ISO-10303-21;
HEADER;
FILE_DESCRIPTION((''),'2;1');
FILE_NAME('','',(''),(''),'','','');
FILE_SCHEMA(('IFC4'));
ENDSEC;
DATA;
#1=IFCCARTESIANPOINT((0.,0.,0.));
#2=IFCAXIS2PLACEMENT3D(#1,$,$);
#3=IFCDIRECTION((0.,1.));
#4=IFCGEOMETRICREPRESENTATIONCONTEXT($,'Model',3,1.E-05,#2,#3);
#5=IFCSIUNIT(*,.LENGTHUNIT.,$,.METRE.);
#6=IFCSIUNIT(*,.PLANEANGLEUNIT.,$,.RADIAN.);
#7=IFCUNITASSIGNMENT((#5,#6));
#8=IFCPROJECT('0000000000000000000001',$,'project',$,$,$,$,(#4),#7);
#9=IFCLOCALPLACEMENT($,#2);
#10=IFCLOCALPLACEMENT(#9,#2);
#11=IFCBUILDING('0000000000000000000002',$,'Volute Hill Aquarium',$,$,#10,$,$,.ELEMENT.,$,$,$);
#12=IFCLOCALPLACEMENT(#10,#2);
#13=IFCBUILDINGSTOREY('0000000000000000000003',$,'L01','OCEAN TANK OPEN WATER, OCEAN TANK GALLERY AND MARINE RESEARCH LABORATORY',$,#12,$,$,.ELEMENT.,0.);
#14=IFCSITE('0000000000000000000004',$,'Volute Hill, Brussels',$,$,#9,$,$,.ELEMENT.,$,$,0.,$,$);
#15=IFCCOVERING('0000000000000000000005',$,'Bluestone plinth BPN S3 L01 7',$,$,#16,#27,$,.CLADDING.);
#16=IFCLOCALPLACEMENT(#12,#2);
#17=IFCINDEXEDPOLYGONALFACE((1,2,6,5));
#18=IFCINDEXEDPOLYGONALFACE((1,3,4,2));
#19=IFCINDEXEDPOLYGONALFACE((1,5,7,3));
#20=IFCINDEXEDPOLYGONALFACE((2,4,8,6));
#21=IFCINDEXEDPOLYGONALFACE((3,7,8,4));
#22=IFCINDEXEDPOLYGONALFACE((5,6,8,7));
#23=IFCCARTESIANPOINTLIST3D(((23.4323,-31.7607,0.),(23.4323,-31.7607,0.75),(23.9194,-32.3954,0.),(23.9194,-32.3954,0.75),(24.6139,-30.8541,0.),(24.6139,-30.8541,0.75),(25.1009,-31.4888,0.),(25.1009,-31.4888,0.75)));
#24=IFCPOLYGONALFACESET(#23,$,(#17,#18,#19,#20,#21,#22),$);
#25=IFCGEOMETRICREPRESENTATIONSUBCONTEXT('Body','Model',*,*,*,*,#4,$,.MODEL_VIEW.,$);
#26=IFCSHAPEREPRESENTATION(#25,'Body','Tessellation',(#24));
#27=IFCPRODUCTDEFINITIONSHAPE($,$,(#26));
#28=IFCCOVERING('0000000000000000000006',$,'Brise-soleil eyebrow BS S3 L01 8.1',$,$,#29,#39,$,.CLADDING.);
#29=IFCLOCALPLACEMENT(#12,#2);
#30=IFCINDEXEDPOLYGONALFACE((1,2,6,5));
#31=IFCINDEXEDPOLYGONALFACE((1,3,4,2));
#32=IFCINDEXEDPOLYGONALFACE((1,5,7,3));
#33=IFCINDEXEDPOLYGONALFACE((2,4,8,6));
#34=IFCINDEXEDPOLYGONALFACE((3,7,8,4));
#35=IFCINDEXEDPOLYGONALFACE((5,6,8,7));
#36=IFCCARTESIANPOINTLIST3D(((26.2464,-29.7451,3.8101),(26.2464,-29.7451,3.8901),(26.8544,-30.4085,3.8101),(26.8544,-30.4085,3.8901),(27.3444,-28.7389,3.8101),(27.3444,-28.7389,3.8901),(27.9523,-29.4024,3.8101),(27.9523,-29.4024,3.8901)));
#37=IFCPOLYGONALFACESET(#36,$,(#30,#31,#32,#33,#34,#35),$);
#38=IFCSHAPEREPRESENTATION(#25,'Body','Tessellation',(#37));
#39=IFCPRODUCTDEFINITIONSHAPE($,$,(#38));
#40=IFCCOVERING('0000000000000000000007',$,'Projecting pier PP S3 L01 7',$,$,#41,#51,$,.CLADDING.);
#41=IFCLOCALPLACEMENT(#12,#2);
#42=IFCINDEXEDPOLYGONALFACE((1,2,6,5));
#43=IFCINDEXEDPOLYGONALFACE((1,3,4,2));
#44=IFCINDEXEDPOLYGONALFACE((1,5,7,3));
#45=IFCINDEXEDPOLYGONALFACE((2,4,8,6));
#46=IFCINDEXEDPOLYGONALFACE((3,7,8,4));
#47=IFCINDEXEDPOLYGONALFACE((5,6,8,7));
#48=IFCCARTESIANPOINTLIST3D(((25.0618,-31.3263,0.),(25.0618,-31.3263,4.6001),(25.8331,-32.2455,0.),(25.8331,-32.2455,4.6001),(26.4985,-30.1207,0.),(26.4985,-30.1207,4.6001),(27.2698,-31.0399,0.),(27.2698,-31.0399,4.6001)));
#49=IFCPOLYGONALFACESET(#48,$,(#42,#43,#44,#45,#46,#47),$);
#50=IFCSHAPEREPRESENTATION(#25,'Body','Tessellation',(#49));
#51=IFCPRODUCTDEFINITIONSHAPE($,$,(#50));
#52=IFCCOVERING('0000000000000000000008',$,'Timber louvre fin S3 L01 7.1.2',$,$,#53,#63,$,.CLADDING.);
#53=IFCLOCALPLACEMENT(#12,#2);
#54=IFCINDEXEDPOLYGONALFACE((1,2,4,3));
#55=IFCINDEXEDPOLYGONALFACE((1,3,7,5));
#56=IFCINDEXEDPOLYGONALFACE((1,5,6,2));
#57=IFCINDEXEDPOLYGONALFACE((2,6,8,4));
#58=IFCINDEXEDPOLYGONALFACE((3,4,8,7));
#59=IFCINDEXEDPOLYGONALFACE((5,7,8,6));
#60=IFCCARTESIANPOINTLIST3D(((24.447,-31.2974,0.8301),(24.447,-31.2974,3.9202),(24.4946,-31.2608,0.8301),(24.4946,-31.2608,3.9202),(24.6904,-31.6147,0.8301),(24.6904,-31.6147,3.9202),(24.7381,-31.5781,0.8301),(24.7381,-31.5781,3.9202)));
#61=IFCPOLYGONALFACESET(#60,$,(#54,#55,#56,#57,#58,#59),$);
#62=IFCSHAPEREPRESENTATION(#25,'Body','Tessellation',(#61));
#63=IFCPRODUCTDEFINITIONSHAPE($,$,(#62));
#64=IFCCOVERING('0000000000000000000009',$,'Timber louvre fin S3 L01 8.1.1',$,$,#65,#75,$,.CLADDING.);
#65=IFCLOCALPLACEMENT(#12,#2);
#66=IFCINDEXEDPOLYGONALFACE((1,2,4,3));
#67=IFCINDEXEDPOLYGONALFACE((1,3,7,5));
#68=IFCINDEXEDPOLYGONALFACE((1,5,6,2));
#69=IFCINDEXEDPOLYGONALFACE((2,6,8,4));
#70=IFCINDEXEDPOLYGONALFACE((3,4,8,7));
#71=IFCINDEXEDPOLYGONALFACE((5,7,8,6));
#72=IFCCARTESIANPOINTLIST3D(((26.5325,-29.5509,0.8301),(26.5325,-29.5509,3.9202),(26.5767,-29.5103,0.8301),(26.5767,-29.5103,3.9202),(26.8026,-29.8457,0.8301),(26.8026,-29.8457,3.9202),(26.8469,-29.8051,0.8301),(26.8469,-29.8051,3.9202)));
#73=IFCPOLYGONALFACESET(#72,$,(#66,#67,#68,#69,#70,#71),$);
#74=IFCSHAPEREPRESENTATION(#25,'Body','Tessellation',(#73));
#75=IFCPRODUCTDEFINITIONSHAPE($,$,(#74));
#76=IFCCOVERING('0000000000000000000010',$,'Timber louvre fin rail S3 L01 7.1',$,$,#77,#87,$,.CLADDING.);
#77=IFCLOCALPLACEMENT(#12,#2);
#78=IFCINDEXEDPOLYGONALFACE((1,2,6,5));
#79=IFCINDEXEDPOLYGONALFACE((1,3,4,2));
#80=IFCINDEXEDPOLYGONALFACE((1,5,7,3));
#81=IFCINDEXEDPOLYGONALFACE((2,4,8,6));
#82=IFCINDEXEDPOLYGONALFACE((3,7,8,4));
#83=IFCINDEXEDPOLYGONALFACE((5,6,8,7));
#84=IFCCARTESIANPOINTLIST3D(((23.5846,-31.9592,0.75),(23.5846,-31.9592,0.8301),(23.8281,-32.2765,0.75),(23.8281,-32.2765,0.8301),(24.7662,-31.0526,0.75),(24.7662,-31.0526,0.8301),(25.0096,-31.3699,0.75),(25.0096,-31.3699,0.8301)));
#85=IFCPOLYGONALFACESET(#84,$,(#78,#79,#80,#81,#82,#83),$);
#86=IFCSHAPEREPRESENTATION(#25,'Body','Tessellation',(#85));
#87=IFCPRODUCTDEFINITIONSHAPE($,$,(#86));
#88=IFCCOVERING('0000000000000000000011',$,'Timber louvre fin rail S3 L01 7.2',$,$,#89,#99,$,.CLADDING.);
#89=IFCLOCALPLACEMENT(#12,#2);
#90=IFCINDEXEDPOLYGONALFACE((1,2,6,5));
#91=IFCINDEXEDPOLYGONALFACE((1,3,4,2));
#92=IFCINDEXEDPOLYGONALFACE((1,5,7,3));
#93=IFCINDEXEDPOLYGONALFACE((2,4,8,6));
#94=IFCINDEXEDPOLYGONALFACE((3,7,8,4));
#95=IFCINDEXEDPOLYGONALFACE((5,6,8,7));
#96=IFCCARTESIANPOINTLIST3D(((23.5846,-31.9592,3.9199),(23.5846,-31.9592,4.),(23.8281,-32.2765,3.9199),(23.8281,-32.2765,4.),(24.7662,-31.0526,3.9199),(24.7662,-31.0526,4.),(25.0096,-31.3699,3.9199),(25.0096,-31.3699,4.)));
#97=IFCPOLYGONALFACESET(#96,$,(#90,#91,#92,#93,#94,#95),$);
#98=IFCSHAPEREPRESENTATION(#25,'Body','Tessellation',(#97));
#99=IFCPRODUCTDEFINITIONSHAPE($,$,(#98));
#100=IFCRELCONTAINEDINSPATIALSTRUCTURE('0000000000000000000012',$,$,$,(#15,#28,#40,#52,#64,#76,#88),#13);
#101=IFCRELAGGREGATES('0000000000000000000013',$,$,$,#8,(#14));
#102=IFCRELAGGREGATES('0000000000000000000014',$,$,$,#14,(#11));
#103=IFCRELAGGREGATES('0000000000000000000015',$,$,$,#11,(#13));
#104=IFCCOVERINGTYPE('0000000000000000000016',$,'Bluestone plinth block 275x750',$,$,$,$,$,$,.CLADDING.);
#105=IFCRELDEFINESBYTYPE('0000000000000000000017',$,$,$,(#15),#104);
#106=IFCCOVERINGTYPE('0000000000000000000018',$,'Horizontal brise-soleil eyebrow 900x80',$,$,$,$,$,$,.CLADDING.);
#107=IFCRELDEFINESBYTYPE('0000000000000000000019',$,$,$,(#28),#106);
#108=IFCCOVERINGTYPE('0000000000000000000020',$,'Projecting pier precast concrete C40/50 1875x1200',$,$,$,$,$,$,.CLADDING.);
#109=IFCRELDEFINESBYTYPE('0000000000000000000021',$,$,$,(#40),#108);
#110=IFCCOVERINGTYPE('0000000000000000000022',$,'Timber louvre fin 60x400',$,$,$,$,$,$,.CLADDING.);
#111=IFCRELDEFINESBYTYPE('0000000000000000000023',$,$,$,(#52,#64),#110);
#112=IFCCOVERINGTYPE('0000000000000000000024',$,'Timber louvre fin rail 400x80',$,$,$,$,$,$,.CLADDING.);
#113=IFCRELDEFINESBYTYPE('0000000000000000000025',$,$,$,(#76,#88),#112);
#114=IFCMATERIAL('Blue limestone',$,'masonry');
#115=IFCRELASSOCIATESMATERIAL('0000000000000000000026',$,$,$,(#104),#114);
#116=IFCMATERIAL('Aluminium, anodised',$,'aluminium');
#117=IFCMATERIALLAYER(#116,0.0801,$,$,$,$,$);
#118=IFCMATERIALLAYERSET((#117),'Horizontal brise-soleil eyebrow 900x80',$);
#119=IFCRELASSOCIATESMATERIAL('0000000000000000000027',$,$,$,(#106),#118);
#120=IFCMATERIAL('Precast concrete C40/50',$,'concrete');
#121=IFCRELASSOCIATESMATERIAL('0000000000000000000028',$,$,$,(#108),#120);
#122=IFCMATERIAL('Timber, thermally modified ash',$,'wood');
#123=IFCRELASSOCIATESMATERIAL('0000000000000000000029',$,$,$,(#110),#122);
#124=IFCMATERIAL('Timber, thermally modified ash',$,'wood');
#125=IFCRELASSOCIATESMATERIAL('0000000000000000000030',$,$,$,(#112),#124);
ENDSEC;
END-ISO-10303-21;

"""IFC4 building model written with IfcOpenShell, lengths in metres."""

from ifc_helpers import new_model, si_unit, direction, frame, origin, origin_2d, place, context, subcontext, project, spatial, rectangle, extrude, material, layer, layer_set, type_object, element, save


model = new_model("IFC4")

# Units and contexts
model_context = context("Model", 3, precision=1e-05, world=origin(), true_north=direction((0.0, 1.0)))
body_context = subcontext(model_context, "Body", "Model", "MODEL_VIEW")
ifc_project = project(units=[si_unit("LENGTHUNIT", "METRE"), si_unit("PLANEANGLEUNIT", "RADIAN")], contexts=[model_context])

# Site, building, storey
site_placement = place(None, origin())
site = spatial("IfcSite", under=ifc_project, at=site_placement, Name="Volute Hill, Brussels", CompositionType="ELEMENT", RefElevation=0.0)
building_placement = place(site_placement, origin())
building = spatial("IfcBuilding", under=site, at=building_placement, Name="Volute Hill Aquarium", CompositionType="ELEMENT")
storey_placement = place(building_placement, origin())
storey = spatial("IfcBuildingStorey", under=building, at=storey_placement, Name="L01", Description="OCEAN TANK OPEN WATER, OCEAN TANK GALLERY AND MARINE RESEARCH LABORATORY", CompositionType="ELEMENT", Elevation=0.0)

# Coverings
ifc_material_1 = material(Name="Blue limestone", Category="masonry")
covering_type_1 = type_object("IfcCoveringType", Name="Bluestone plinth block 275x750", PredefinedType="CLADDING", material=ifc_material_1)
covering_1_placement = place(storey_placement, frame((24.2666, -31.6248, 0.0), z_axis=(0.0, 0.0, 1.0), x_axis=(0.793365, 0.608746, 0.0)))
element("IfcCovering", 1, at=covering_1_placement, inside=storey, type_object=covering_type_1, Name="Bluestone plinth BPN S3 L01 7", PredefinedType="CLADDING", context=body_context, shape_type="SweptSolid", body=[
    extrude(rectangle(XDim=1.4893, YDim=0.8, at=origin_2d()), origin(), (0.0, 0.0, 1.0), 0.75),
])
ifc_material_2 = material(Name="Aluminium, anodised", Category="aluminium")
ifc_layer_1 = layer(ifc_material_2, 0.0801)
ifc_layer_set_1 = layer_set([ifc_layer_1], Name="Horizontal brise-soleil eyebrow 900x80")
covering_type_2 = type_object("IfcCoveringType", Name="Horizontal brise-soleil eyebrow 900x80", PredefinedType="CLADDING", material=ifc_layer_set_1)
covering_2_placement = place(storey_placement, frame((27.0994, -29.5737, 3.8101), z_axis=(0.0, 0.0, 1.0), x_axis=(0.737257, 0.675612, 0.0)))
element("IfcCovering", 2, at=covering_2_placement, inside=storey, type_object=covering_type_2, Name="Brise-soleil eyebrow BS S3 L01 8.1", PredefinedType="CLADDING", context=body_context, shape_type="SweptSolid", body=[
    extrude(rectangle(XDim=1.4893, YDim=0.8999, at=origin_2d()), origin(), (0.0, 0.0, 1.0), 0.0801),
])
ifc_material_3 = material(Name="Precast concrete C40/50", Category="concrete")
covering_type_3 = type_object("IfcCoveringType", Name="Projecting pier precast concrete C40/50 1875x1200", PredefinedType="CLADDING", material=ifc_material_3)
covering_3_placement = place(storey_placement, frame((26.1658, -31.1831, 0.0), z_axis=(0.0, 0.0, 1.0), x_axis=(0.766044, 0.642788, 0.0)))
element("IfcCovering", 3, at=covering_3_placement, inside=storey, type_object=covering_type_3, Name="Projecting pier PP S3 L01 7", PredefinedType="CLADDING", context=body_context, shape_type="SweptSolid", body=[
    extrude(rectangle(XDim=1.8755, YDim=1.2, at=origin_2d()), origin(), (0.0, 0.0, 1.0), 4.6001),
])
ifc_material_4 = material(Name="Timber, thermally modified ash", Category="wood")
covering_type_4 = type_object("IfcCoveringType", Name="Timber louvre fin 60x400", PredefinedType="CLADDING", material=ifc_material_4)
for number, where, z_axis, x_axis, name in (
    (4, (24.5925, -31.4377, 0.8301), (0.0, 0.0, 1.0), (0.793365, 0.608746, 0.0), "Timber louvre fin S3 L01 7.1.2"),
    (5, (26.6897, -29.678, 0.8301), (0.0, 0.0, 1.0), (0.737257, 0.675612, 0.0), "Timber louvre fin S3 L01 8.1.1"),
):
    element("IfcCovering", number, at=place(storey_placement, frame(where, z_axis=z_axis, x_axis=x_axis)), inside=storey, type_object=covering_type_4, Name=name, PredefinedType="CLADDING", context=body_context, shape_type="SweptSolid", body=[
        extrude(rectangle(XDim=0.0601, YDim=0.3999, at=origin_2d()), origin(), (0.0, 0.0, 1.0), 3.0901),
    ])
ifc_material_5 = material(Name="Timber, thermally modified ash", Category="wood")
covering_type_5 = type_object("IfcCoveringType", Name="Timber louvre fin rail 400x80", PredefinedType="CLADDING", material=ifc_material_5)
for number, where, z_axis, x_axis, name in (
    (6, (24.2971, -31.6646, 0.75), (0.0, 0.0, 1.0), (0.793365, 0.608746, 0.0), "Timber louvre fin rail S3 L01 7.1"),
    (7, (24.2971, -31.6646, 3.9199), (0.0, 0.0, 1.0), (0.793365, 0.608746, 0.0), "Timber louvre fin rail S3 L01 7.2"),
):
    element("IfcCovering", number, at=place(storey_placement, frame(where, z_axis=z_axis, x_axis=x_axis)), inside=storey, type_object=covering_type_5, Name=name, PredefinedType="CLADDING", context=body_context, shape_type="SweptSolid", body=[
        extrude(rectangle(XDim=1.4893, YDim=0.3999, at=origin_2d()), origin(), (0.0, 0.0, 1.0), 0.0801),
    ])

save(model, "model.ifc")
